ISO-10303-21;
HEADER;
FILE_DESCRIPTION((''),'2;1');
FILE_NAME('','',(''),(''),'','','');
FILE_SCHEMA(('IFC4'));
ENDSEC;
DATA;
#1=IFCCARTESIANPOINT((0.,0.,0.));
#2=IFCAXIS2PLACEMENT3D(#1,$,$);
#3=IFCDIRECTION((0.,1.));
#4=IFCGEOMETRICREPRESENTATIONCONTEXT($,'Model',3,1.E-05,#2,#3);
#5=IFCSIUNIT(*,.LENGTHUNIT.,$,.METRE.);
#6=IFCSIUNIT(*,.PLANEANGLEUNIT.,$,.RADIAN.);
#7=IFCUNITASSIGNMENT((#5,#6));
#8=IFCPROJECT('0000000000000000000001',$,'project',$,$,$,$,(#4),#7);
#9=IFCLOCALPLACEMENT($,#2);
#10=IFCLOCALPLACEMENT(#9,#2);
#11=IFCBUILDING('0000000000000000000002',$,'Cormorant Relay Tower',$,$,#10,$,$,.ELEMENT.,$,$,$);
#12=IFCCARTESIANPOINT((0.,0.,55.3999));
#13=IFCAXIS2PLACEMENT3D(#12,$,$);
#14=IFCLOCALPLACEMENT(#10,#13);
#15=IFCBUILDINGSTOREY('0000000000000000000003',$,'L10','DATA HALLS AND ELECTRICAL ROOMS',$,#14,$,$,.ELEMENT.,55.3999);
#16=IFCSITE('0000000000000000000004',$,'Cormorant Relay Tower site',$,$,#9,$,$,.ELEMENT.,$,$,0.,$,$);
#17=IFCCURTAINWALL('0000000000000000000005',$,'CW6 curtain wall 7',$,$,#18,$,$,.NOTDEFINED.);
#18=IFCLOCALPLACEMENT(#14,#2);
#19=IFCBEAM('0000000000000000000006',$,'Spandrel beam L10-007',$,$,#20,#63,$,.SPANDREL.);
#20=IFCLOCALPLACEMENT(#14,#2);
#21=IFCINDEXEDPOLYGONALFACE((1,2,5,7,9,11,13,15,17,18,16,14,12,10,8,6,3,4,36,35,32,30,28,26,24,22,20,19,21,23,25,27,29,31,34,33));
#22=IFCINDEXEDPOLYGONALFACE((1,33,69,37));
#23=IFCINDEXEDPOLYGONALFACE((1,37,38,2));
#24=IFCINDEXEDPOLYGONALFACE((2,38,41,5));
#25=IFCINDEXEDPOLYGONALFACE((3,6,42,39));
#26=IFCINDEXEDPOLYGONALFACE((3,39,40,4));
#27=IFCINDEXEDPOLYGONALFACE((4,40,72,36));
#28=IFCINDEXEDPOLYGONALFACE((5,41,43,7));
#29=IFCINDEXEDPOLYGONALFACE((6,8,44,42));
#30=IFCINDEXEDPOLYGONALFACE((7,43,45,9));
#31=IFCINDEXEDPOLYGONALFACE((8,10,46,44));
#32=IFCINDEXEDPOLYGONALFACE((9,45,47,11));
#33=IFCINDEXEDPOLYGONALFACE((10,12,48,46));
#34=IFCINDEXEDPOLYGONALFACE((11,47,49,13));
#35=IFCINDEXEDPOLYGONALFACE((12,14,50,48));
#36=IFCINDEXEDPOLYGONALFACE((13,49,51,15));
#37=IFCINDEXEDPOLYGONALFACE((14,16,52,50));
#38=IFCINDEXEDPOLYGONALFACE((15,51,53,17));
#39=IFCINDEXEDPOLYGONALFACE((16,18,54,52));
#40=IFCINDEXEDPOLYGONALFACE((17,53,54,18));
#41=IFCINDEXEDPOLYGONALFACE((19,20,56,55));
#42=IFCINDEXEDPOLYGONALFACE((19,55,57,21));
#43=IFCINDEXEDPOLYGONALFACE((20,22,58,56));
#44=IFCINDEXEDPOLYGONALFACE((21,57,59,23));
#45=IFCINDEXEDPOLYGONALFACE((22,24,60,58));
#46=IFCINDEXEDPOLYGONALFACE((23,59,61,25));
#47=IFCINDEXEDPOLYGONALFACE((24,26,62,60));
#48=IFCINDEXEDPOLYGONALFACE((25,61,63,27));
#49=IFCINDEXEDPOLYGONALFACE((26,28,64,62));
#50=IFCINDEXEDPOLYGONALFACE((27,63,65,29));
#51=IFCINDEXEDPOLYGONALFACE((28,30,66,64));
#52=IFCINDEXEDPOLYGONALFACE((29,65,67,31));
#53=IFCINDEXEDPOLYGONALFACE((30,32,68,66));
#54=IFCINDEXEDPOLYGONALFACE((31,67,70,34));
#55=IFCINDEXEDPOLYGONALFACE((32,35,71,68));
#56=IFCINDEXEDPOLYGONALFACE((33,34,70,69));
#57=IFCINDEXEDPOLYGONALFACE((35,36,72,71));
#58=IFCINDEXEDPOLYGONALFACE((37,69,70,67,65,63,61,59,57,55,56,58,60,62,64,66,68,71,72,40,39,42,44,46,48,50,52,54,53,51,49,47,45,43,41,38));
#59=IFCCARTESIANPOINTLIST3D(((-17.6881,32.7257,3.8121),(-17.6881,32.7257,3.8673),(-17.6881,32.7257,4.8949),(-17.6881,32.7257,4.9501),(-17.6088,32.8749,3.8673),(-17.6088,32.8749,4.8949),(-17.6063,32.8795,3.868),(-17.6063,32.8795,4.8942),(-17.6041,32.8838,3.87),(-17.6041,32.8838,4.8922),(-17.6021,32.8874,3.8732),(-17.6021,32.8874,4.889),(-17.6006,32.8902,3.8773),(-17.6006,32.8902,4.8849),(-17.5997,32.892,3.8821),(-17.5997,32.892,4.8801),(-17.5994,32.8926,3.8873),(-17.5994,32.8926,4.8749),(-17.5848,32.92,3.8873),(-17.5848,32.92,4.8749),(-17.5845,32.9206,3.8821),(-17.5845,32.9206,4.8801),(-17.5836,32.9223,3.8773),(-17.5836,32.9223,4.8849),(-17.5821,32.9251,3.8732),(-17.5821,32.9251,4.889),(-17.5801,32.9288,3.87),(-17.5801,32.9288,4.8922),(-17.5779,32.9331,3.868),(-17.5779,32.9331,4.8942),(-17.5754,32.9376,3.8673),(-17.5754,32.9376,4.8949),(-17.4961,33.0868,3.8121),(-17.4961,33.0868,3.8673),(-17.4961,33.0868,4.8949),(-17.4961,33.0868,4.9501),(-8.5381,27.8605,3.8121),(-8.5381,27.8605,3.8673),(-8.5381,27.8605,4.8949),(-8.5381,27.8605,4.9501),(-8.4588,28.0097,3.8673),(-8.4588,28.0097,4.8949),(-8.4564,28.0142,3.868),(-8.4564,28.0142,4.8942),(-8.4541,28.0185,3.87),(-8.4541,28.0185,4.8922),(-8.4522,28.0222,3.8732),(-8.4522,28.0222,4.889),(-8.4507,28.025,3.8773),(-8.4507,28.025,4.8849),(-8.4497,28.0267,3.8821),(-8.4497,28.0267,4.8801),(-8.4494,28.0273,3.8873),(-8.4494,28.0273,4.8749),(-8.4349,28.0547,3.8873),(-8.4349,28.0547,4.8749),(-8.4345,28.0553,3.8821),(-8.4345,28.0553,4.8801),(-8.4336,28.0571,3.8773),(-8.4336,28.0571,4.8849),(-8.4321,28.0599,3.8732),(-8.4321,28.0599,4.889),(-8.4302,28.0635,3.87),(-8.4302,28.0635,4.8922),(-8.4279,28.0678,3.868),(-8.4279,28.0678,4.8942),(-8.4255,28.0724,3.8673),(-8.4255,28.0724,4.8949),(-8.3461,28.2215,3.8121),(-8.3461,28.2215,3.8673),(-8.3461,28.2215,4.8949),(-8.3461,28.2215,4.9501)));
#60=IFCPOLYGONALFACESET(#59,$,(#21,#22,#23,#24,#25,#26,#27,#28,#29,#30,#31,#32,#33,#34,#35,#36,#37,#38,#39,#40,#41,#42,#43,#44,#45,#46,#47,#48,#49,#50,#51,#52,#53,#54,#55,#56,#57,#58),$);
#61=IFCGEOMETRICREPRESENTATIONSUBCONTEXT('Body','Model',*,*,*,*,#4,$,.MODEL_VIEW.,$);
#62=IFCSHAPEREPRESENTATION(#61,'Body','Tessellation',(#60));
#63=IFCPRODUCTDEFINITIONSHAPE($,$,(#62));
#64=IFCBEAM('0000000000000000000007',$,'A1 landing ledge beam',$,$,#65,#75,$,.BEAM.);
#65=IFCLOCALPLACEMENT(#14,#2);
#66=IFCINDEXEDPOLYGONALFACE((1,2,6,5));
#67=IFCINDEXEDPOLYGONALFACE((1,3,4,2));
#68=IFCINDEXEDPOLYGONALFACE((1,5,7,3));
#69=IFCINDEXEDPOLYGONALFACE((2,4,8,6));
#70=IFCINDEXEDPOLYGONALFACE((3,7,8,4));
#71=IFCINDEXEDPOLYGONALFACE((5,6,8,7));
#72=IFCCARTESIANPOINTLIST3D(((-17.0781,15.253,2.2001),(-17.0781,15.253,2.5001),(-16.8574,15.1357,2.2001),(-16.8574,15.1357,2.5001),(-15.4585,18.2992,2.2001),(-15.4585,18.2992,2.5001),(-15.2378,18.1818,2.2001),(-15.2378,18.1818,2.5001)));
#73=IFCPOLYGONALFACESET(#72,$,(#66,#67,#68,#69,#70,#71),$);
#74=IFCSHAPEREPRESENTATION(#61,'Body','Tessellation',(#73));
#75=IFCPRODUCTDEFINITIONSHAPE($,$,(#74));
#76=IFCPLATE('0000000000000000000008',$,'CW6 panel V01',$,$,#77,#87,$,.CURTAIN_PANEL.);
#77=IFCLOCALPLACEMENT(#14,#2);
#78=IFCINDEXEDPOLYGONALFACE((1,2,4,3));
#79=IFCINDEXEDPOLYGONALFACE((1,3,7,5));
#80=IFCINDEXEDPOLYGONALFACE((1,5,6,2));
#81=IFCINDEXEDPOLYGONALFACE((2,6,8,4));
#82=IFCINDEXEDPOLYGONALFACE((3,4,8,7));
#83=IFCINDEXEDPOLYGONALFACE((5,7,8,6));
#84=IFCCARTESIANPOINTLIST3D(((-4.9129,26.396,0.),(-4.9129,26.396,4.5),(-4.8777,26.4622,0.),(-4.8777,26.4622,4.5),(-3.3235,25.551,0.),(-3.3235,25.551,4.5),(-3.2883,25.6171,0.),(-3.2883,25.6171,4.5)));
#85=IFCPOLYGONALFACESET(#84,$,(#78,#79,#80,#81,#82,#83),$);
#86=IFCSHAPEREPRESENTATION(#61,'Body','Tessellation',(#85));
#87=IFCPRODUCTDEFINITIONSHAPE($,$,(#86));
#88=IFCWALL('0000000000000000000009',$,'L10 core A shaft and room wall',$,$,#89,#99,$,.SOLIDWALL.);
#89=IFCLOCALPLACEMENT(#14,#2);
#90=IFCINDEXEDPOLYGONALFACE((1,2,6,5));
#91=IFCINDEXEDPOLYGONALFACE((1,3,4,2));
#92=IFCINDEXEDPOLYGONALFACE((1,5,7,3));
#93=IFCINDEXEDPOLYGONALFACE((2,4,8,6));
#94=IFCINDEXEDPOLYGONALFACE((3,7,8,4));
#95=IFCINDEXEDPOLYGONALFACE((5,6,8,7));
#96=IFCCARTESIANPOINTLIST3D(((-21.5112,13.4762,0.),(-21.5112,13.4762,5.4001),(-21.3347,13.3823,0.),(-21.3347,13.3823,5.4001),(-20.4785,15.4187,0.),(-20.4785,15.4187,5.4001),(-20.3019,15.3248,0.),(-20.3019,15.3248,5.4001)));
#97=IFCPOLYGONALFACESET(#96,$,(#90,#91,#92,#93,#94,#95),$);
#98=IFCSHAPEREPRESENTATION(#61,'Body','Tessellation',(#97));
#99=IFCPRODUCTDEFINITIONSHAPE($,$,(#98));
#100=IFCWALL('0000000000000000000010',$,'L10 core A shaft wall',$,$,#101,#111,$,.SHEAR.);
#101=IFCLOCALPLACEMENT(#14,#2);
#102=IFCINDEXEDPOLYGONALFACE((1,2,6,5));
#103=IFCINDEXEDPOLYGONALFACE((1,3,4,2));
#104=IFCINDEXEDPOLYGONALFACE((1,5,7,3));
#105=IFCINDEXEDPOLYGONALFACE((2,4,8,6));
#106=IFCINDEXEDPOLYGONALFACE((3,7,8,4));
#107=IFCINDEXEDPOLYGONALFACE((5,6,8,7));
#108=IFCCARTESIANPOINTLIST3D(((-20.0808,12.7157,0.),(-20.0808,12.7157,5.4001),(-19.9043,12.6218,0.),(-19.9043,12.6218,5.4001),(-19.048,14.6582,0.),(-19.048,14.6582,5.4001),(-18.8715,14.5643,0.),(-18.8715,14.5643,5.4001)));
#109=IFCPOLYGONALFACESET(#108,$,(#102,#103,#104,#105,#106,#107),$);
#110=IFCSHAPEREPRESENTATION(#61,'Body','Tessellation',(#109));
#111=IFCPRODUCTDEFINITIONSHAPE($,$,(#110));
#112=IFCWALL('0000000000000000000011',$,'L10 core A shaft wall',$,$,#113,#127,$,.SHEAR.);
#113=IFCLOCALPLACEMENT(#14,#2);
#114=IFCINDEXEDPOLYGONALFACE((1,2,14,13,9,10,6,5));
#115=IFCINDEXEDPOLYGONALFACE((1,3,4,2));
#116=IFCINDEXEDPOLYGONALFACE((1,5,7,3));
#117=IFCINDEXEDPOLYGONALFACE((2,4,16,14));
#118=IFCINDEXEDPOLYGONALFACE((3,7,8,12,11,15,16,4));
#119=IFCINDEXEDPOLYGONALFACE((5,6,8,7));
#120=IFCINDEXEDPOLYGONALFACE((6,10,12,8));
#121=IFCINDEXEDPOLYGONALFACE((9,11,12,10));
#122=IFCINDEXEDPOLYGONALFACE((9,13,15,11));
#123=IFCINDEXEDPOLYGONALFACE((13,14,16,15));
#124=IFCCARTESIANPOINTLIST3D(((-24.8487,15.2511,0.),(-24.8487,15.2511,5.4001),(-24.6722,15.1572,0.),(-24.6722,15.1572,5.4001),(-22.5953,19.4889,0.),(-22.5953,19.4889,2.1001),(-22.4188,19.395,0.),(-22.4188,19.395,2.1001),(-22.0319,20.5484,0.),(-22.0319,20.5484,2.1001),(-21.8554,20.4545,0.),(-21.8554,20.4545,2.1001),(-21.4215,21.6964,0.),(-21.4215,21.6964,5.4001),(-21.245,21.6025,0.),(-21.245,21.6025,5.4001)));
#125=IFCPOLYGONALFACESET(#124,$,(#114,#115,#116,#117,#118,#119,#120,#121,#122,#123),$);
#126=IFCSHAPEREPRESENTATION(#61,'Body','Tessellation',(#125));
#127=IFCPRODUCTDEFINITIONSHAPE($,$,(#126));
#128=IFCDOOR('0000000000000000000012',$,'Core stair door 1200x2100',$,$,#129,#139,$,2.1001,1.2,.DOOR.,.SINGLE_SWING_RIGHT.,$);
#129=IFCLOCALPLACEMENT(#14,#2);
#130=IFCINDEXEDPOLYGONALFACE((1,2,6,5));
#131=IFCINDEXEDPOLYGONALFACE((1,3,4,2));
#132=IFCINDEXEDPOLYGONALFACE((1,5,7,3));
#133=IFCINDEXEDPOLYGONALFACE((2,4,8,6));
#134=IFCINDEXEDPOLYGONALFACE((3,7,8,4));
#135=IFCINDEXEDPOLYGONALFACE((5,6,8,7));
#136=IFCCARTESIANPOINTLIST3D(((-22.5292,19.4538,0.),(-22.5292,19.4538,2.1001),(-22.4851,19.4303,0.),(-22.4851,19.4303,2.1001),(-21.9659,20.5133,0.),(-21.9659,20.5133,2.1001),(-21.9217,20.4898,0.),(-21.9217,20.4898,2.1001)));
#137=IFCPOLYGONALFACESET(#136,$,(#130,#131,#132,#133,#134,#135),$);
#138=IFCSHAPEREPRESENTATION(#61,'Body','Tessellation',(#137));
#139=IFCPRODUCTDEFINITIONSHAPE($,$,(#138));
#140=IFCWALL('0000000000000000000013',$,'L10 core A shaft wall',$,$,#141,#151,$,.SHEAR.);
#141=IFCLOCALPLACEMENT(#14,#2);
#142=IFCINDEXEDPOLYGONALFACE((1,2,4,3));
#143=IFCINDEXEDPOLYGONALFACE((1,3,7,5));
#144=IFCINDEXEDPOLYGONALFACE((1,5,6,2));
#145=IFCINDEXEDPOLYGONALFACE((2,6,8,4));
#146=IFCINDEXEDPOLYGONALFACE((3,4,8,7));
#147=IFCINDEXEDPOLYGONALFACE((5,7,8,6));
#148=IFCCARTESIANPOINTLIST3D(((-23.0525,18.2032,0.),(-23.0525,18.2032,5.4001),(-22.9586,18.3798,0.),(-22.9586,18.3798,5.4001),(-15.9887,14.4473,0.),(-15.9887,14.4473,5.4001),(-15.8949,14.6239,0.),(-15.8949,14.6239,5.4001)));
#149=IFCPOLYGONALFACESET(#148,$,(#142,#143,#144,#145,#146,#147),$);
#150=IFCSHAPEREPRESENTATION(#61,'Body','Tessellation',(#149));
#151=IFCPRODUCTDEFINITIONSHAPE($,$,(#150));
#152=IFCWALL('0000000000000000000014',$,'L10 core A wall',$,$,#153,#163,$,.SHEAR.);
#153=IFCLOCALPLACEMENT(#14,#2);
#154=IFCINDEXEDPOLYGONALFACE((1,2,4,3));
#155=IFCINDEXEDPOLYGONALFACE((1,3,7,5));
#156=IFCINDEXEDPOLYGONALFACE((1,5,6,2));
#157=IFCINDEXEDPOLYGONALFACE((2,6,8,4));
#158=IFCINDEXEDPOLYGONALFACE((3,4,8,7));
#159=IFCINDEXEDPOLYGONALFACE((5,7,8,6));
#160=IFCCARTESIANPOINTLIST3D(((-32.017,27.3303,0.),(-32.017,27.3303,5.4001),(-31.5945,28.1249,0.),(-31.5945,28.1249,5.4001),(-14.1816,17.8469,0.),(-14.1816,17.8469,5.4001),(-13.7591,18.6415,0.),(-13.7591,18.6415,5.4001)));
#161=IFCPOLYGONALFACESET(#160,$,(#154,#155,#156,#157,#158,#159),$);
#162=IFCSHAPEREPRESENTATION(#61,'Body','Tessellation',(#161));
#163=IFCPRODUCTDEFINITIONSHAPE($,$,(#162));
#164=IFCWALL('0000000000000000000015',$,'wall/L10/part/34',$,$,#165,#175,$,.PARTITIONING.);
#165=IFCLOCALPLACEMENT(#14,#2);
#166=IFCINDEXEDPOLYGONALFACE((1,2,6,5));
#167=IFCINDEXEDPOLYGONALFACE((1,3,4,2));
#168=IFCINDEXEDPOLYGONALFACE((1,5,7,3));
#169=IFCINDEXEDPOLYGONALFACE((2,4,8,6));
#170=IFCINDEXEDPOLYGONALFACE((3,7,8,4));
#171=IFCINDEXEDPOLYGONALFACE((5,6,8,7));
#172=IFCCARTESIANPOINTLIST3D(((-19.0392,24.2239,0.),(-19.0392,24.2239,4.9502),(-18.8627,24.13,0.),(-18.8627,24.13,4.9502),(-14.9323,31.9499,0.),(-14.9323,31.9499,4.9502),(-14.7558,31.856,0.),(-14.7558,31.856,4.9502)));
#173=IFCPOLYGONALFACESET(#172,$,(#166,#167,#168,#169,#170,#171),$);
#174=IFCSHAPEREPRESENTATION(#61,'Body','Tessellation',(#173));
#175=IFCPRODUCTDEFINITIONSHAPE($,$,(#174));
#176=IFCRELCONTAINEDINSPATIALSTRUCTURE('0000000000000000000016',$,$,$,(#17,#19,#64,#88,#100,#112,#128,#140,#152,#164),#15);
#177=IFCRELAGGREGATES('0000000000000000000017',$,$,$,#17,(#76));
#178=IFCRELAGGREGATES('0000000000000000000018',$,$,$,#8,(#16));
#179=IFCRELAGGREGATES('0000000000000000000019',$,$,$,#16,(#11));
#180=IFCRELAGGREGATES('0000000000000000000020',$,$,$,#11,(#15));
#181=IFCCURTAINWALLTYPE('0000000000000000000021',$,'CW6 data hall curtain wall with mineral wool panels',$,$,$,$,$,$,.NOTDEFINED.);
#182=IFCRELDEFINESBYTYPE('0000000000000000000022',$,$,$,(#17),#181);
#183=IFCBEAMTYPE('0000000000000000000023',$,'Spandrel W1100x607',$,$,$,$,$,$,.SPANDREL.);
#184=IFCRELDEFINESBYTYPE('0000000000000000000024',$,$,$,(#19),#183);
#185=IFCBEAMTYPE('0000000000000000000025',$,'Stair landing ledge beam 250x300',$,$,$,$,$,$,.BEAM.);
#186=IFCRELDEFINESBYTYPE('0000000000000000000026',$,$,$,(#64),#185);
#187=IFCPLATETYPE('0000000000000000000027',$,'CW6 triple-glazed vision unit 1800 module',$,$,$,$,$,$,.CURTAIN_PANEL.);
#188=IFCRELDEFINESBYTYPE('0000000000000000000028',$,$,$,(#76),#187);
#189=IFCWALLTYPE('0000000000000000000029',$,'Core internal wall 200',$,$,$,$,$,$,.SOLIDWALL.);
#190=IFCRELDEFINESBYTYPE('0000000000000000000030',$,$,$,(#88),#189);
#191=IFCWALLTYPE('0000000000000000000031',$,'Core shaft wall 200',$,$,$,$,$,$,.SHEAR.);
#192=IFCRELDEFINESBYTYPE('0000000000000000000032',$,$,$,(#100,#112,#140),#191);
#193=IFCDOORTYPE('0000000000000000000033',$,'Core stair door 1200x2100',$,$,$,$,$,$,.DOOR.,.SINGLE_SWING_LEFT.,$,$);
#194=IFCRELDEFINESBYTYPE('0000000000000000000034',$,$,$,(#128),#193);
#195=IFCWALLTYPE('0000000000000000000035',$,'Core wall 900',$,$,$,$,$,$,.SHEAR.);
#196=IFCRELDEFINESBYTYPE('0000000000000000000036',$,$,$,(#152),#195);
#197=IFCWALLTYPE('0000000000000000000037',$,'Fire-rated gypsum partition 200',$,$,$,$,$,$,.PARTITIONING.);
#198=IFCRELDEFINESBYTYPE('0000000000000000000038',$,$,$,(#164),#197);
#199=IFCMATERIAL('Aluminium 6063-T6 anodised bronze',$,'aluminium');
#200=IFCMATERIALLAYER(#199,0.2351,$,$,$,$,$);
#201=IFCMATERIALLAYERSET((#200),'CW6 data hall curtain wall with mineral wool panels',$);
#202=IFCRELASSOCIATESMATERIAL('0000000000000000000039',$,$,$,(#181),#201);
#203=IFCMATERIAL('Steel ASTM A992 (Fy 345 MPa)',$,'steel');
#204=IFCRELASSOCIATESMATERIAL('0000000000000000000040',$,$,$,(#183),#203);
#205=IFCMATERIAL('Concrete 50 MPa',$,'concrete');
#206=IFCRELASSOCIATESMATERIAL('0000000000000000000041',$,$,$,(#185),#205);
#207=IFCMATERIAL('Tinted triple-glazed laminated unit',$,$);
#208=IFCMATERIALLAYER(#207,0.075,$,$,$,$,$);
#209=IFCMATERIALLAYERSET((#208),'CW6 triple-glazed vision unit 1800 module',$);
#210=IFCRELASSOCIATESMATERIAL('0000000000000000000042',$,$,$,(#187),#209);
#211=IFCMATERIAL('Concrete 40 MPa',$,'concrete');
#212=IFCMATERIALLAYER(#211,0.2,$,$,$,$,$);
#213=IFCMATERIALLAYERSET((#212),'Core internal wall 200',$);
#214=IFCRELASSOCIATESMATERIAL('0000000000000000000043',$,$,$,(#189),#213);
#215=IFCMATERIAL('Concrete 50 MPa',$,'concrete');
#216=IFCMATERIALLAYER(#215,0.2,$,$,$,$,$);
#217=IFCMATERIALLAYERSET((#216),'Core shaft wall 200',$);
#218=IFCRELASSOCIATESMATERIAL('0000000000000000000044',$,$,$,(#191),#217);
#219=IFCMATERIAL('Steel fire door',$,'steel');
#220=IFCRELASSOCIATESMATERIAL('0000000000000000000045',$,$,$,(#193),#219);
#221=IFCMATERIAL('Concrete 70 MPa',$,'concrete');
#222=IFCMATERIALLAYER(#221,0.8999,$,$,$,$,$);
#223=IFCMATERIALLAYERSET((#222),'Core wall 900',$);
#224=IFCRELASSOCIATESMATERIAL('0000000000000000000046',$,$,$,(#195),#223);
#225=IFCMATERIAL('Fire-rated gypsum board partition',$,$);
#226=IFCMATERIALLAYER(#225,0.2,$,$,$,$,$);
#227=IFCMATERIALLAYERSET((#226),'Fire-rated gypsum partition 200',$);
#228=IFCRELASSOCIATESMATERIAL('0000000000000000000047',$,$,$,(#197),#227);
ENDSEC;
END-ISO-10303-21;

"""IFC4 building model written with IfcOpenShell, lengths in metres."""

from ifc_helpers import new_model, si_unit, direction, frame, frame_2d, origin, origin_2d, place, context, subcontext, project, spatial, rectangle, i_section, extrude, material, layer, layer_set, material_profile, profile_set, type_object, element, fill, aggregate, save


model = new_model("IFC4")

# Units and contexts
model_context = context("Model", 3, precision=1e-05, world=origin(), true_north=direction((0.0, 1.0)))
body_context = subcontext(model_context, "Body", "Model", "MODEL_VIEW")
ifc_project = project(units=[si_unit("LENGTHUNIT", "METRE"), si_unit("PLANEANGLEUNIT", "RADIAN")], contexts=[model_context])

# Site, building, storey
site_placement = place(None, origin())
site = spatial("IfcSite", under=ifc_project, at=site_placement, Name="Cormorant Relay Tower site", CompositionType="ELEMENT", RefElevation=0.0)
building_placement = place(site_placement, origin())
building = spatial("IfcBuilding", under=site, at=building_placement, Name="Cormorant Relay Tower", CompositionType="ELEMENT")
storey_placement = place(building_placement, frame((0.0, 0.0, 55.3999)))
storey = spatial("IfcBuildingStorey", under=building, at=storey_placement, Name="L10", Description="DATA HALLS AND ELECTRICAL ROOMS", CompositionType="ELEMENT", Elevation=55.3999)

# Curtain wall
ifc_material_1 = material(Name="Aluminium 6063-T6 anodised bronze", Category="aluminium")
ifc_layer_1 = layer(ifc_material_1, 0.2351)
ifc_layer_set_1 = layer_set([ifc_layer_1], Name="CW6 data hall curtain wall with mineral wool panels")
curtain_wall_type = type_object("IfcCurtainWallType", Name="CW6 data hall curtain wall with mineral wool panels", PredefinedType="NOTDEFINED", material=ifc_layer_set_1)
curtain_wall_placement = place(storey_placement, origin())
curtain_wall = element("IfcCurtainWall", 1, at=curtain_wall_placement, inside=storey, type_object=curtain_wall_type, Name="CW6 curtain wall 7", PredefinedType="NOTDEFINED")

# Beams
ifc_material_2 = material(Name="Steel ASTM A992 (Fy 345 MPa)", Category="steel")
ifc_material_profile_1 = material_profile(ifc_material_2, i_section(OverallWidth=0.4089, OverallDepth=1.1379, WebThickness=0.031, FlangeThickness=0.0552, FilletRadius=0.02, at=origin_2d()), Name="W1100x607")
ifc_profile_set_1 = profile_set([ifc_material_profile_1], Name="Steel ASTM A992 (Fy 345 MPa)")
beam_type_1 = type_object("IfcBeamType", Name="Spandrel W1100x607", PredefinedType="SPANDREL", material=ifc_profile_set_1)
beam_1_placement = place(storey_placement, frame((-8.4421, 28.041, 4.3811), z_axis=(-0.882942, 0.469482, 0.0), x_axis=(-0.469482, -0.882942, 0.0)))
element("IfcBeam", 2, at=beam_1_placement, inside=storey, type_object=beam_type_1, Name="Spandrel beam L10-007", PredefinedType="SPANDREL", context=body_context, shape_type="SweptSolid", body=[
    extrude(i_section(OverallWidth=0.4089, OverallDepth=1.1379, WebThickness=0.031, FlangeThickness=0.0552, FilletRadius=0.02, at=origin_2d()), origin(), (0.0, 0.0, 1.0), 10.363),
])
ifc_material_3 = material(Name="Concrete 50 MPa", Category="concrete")
ifc_material_profile_2 = material_profile(ifc_material_3, rectangle(XDim=0.25, YDim=0.3, at=origin_2d()), Name="RC 250x300")
ifc_profile_set_2 = profile_set([ifc_material_profile_2], Name="Concrete 50 MPa")
beam_type_2 = type_object("IfcBeamType", Name="Stair landing ledge beam 250x300", PredefinedType="BEAM", material=ifc_profile_set_2)
beam_2_placement = place(storey_placement, frame((-16.9678, 15.1943, 2.3501), z_axis=(0.469464, 0.882952, 0.0), x_axis=(-0.882952, 0.469464, 0.0)))
element("IfcBeam", 3, at=beam_2_placement, inside=storey, type_object=beam_type_2, Name="A1 landing ledge beam", PredefinedType="BEAM", context=body_context, shape_type="SweptSolid", body=[
    extrude(rectangle(XDim=0.25, YDim=0.3, at=origin_2d()), origin(), (0.0, 0.0, 1.0), 3.45),
])

# Plate
ifc_material_4 = material(Name="Tinted triple-glazed laminated unit")
ifc_layer_2 = layer(ifc_material_4, 0.075)
ifc_layer_set_2 = layer_set([ifc_layer_2], Name="CW6 triple-glazed vision unit 1800 module")
plate_type = type_object("IfcPlateType", Name="CW6 triple-glazed vision unit 1800 module", PredefinedType="CURTAIN_PANEL", material=ifc_layer_set_2)
plate_placement = place(storey_placement, frame((-4.1006, 26.0066, 0.0), z_axis=(0.0, 0.0, 1.0), x_axis=(-0.882948, 0.469472, 0.0)))
plate = element("IfcPlate", 4, at=plate_placement, type_object=plate_type, Name="CW6 panel V01", PredefinedType="CURTAIN_PANEL", context=body_context, shape_type="SweptSolid", body=[
    extrude(rectangle(XDim=1.8, YDim=0.075, at=origin_2d()), origin(), (0.0, 0.0, 1.0), 4.5),
])

# Walls
ifc_material_5 = material(Name="Concrete 40 MPa", Category="concrete")
ifc_layer_3 = layer(ifc_material_5, 0.2)
ifc_layer_set_3 = layer_set([ifc_layer_3], Name="Core internal wall 200")
wall_type_1 = type_object("IfcWallType", Name="Core internal wall 200", PredefinedType="SOLIDWALL", material=ifc_layer_set_3)
wall_1_placement = place(storey_placement, frame((-20.3901, 15.3718, 0.0), z_axis=(0.0, 0.0, 1.0), x_axis=(-0.469447, -0.88296, 0.0)))
element("IfcWall", 5, at=wall_1_placement, inside=storey, type_object=wall_type_1, Name="L10 core A shaft and room wall", PredefinedType="SOLIDWALL", context=body_context, shape_type="SweptSolid", body=[
    extrude(rectangle(XDim=2.2, YDim=0.2, at=frame_2d((1.1001, 0.0))), origin(), (0.0, 0.0, 1.0), 5.4001),
])
ifc_material_6 = material(Name="Concrete 50 MPa", Category="concrete")
ifc_layer_4 = layer(ifc_material_6, 0.2)
ifc_layer_set_4 = layer_set([ifc_layer_4], Name="Core shaft wall 200")
wall_type_2 = type_object("IfcWallType", Name="Core shaft wall 200", PredefinedType="SHEAR", material=ifc_layer_set_4)
wall_2_placement = place(storey_placement, frame((-18.9597, 14.6113, 0.0), z_axis=(0.0, 0.0, 1.0), x_axis=(-0.469447, -0.88296, 0.0)))
element("IfcWall", 6, at=wall_2_placement, inside=storey, type_object=wall_type_2, Name="L10 core A shaft wall", PredefinedType="SHEAR", context=body_context, shape_type="SweptSolid", body=[
    extrude(rectangle(XDim=2.2, YDim=0.2, at=frame_2d((1.1001, 0.0))), origin(), (0.0, 0.0, 1.0), 5.4001),
])

# Wall, opening, door
wall_3_placement = place(storey_placement, frame((-21.3333, 21.6494, 0.0), z_axis=(0.0, 0.0, 1.0), x_axis=(-0.469494, -0.882936, 0.0)))
wall_3 = element("IfcWall", 7, at=wall_3_placement, inside=storey, type_object=wall_type_2, Name="L10 core A shaft wall", PredefinedType="SHEAR", context=body_context, shape_type="SweptSolid", body=[
    extrude(rectangle(XDim=7.2998, YDim=0.2, at=frame_2d((3.6499, 0.0))), origin(), (0.0, 0.0, 1.0), 5.4001),
])
opening_1_placement = place(wall_3_placement, frame((1.3, 0.0, 0.0)))
opening_1 = element("IfcOpeningElement", 8, at=opening_1_placement, cuts=wall_3, PredefinedType="OPENING", context=body_context, shape_type="SweptSolid", body=[
    extrude(rectangle(XDim=1.2, YDim=2.1001, at=frame_2d((0.6001, 1.05))), frame((0.0, 0.1099, 0.0), z_axis=(0.0, -1.0, 0.0), x_axis=(1.0, 0.0, 0.0)), (0.0, 0.0, 1.0), 0.22),
])
ifc_material_7 = material(Name="Steel fire door", Category="steel")
door_type_1 = type_object("IfcDoorType", Name="Core stair door 1200x2100", OperationType="SINGLE_SWING_LEFT", PredefinedType="DOOR", material=ifc_material_7)
door_1_placement = place(opening_1_placement, origin())
door_1 = element("IfcDoor", 9, at=door_1_placement, inside=storey, type_object=door_type_1, Name="Core stair door 1200x2100", OperationType="SINGLE_SWING_RIGHT", OverallHeight=2.1001, OverallWidth=1.2, PredefinedType="DOOR", context=body_context, shape_type="SweptSolid", body=[
    extrude(rectangle(XDim=1.2, YDim=2.1001, at=frame_2d((0.6001, 1.05))), frame((0.0, 0.0249, 0.0), z_axis=(0.0, -1.0, 0.0), x_axis=(1.0, 0.0, 0.0)), (0.0, 0.0, 1.0), 0.05),
])
fill(opening_1, door_1)

# Wall
wall_4_placement = place(storey_placement, frame((-15.9419, 14.5356, 0.0), z_axis=(0.0, 0.0, 1.0), x_axis=(-0.882947, 0.469473, 0.0)))
element("IfcWall", 10, at=wall_4_placement, inside=storey, type_object=wall_type_2, Name="L10 core A shaft wall", PredefinedType="SHEAR", context=body_context, shape_type="SweptSolid", body=[
    extrude(rectangle(XDim=8.0002, YDim=0.2, at=frame_2d((4.0, 0.0))), origin(), (0.0, 0.0, 1.0), 5.4001),
])

# Shared definitions
ifc_material_8 = material(Name="Concrete 70 MPa", Category="concrete")
ifc_layer_5 = layer(ifc_material_8, 0.8999)
ifc_layer_set_5 = layer_set([ifc_layer_5], Name="Core wall 900")
wall_type_3 = type_object("IfcWallType", Name="Core wall 900", PredefinedType="SHEAR", material=ifc_layer_set_5)

# Walls
wall_5_placement = place(storey_placement, frame((-13.9702, 18.2441, 0.0), z_axis=(0.0, 0.0, 1.0), x_axis=(-0.882945, 0.469476, 0.0)))
element("IfcWall", 11, at=wall_5_placement, inside=storey, type_object=wall_type_3, Name="L10 core A wall", PredefinedType="SHEAR", context=body_context, shape_type="SweptSolid", body=[
    extrude(rectangle(XDim=20.2, YDim=0.8999, at=frame_2d((10.1001, 0.0))), origin(), (0.0, 0.0, 1.0), 5.4001),
])
ifc_material_9 = material(Name="Fire-rated gypsum board partition")
ifc_layer_6 = layer(ifc_material_9, 0.2)
ifc_layer_set_6 = layer_set([ifc_layer_6], Name="Fire-rated gypsum partition 200")
wall_type_4 = type_object("IfcWallType", Name="Fire-rated gypsum partition 200", PredefinedType="PARTITIONING", material=ifc_layer_set_6)
wall_6_placement = place(storey_placement, frame((-14.844, 31.9031, 0.0), z_axis=(0.0, 0.0, 1.0), x_axis=(-0.469374, -0.882999, 0.0)))
element("IfcWall", 12, at=wall_6_placement, inside=storey, type_object=wall_type_4, Name="wall/L10/part/34", PredefinedType="PARTITIONING", context=body_context, shape_type="SweptSolid", body=[
    extrude(rectangle(XDim=8.7498, YDim=0.2, at=frame_2d((4.375, 0.0))), origin(), (0.0, 0.0, 1.0), 4.9502),
])

aggregate(curtain_wall, [plate])

save(model, "model.ifc")
